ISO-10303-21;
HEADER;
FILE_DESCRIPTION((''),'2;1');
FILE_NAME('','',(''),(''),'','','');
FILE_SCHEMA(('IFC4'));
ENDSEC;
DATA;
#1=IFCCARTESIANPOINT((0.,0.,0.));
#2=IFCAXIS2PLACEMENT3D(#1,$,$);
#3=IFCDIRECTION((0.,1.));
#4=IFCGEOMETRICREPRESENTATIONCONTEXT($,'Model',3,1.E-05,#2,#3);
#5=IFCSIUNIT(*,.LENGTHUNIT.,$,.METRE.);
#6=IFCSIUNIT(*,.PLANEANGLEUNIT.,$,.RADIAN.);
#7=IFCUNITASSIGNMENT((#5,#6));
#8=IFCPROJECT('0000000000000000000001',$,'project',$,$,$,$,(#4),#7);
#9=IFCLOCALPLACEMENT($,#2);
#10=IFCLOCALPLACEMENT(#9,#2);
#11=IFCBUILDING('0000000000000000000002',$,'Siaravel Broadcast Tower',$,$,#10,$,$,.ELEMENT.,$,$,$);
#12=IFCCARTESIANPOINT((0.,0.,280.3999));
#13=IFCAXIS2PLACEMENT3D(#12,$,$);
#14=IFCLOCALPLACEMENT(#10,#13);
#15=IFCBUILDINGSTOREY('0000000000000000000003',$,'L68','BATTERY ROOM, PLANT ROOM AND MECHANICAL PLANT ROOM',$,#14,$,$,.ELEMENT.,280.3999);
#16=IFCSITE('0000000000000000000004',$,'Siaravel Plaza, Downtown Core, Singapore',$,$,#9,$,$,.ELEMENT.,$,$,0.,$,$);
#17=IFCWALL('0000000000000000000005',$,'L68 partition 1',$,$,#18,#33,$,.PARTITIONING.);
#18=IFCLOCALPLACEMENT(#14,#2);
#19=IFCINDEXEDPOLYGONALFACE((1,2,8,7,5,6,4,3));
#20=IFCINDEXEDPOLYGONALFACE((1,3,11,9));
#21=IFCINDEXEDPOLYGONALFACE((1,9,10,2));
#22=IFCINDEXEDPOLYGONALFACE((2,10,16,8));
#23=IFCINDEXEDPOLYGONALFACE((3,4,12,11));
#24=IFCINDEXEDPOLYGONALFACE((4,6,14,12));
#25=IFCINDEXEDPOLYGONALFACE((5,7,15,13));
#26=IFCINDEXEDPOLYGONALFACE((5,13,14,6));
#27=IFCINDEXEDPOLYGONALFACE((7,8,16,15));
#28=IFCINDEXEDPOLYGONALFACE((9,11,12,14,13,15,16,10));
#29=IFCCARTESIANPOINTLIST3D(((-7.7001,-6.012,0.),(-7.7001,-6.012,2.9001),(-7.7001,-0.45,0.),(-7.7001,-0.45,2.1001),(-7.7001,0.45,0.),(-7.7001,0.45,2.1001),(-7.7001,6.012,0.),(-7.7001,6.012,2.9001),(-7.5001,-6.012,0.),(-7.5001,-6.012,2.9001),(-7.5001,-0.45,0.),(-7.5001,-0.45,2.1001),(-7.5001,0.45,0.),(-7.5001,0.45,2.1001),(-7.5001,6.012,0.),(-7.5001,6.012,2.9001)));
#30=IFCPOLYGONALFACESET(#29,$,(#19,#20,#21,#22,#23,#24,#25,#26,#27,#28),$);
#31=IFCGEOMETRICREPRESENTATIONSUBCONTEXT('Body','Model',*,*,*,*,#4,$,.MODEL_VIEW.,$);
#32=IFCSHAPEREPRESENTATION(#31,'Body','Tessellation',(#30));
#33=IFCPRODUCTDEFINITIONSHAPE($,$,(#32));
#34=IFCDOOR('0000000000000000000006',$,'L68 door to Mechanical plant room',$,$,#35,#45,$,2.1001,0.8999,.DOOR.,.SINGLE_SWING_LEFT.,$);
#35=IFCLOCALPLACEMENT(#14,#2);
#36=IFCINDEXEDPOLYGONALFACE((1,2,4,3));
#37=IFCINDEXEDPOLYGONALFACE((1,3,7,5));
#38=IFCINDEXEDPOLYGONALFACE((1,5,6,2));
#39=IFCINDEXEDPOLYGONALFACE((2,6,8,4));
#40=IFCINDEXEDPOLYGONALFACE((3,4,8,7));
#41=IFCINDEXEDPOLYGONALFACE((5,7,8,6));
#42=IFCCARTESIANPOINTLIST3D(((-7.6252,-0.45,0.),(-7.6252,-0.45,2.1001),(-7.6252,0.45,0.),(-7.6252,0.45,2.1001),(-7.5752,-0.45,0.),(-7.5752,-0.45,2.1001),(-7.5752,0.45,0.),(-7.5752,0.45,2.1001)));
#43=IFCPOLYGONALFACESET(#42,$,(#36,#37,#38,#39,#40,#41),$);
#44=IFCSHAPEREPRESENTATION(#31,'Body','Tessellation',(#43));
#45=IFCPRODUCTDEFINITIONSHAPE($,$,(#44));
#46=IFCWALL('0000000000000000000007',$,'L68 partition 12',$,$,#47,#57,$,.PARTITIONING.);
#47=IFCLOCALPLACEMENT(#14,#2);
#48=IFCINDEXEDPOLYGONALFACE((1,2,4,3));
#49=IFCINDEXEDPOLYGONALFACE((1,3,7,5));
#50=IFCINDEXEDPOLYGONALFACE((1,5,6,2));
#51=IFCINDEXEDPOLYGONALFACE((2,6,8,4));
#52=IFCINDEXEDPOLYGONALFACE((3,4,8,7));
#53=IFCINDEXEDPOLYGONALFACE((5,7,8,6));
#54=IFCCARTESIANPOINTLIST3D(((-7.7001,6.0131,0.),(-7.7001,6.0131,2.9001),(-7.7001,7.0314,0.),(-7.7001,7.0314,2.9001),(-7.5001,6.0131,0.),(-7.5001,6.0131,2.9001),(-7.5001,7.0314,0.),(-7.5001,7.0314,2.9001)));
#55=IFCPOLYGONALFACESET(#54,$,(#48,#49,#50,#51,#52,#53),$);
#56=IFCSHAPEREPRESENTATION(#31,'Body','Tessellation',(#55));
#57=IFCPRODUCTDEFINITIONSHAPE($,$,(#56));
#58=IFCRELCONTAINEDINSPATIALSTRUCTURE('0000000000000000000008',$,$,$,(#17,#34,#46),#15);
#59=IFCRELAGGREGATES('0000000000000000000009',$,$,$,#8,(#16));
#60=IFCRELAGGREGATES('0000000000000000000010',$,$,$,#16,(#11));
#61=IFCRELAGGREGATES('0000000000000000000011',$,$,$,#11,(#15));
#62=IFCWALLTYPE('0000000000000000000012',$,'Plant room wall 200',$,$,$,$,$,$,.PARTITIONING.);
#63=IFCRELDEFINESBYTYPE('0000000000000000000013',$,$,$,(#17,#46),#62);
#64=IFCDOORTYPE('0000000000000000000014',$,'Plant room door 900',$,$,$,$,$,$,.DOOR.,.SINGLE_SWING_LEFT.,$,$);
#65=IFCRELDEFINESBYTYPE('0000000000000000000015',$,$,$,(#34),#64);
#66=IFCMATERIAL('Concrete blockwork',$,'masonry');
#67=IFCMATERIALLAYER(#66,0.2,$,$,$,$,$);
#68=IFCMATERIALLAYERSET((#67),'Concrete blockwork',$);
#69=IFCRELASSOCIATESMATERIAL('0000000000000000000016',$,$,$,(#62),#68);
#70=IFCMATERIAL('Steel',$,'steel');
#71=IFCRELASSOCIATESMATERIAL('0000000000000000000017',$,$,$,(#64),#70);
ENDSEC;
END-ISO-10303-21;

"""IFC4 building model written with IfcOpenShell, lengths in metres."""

from ifc_helpers import new_model, si_unit, direction, frame, frame_2d, origin, place, context, subcontext, project, spatial, rectangle, extrude, material, layer, layer_set, type_object, element, fill, save


model = new_model("IFC4")

# Units and contexts
model_context = context("Model", 3, precision=1e-05, world=origin(), true_north=direction((0.0, 1.0)))
body_context = subcontext(model_context, "Body", "Model", "MODEL_VIEW")
ifc_project = project(units=[si_unit("LENGTHUNIT", "METRE"), si_unit("PLANEANGLEUNIT", "RADIAN")], contexts=[model_context])

# Site, building, storey
site_placement = place(None, origin())
site = spatial("IfcSite", under=ifc_project, at=site_placement, Name="Siaravel Plaza, Downtown Core, Singapore", CompositionType="ELEMENT", RefElevation=0.0)
building_placement = place(site_placement, origin())
building = spatial("IfcBuilding", under=site, at=building_placement, Name="Siaravel Broadcast Tower", CompositionType="ELEMENT")
storey_placement = place(building_placement, frame((0.0, 0.0, 280.3999)))
storey = spatial("IfcBuildingStorey", under=building, at=storey_placement, Name="L68", Description="BATTERY ROOM, PLANT ROOM AND MECHANICAL PLANT ROOM", CompositionType="ELEMENT", Elevation=280.3999)

# Wall, opening, door
ifc_material_1 = material(Name="Concrete blockwork", Category="masonry")
ifc_layer_1 = layer(ifc_material_1, 0.2)
ifc_layer_set_1 = layer_set([ifc_layer_1], Name="Concrete blockwork")
wall_type = type_object("IfcWallType", Name="Plant room wall 200", PredefinedType="PARTITIONING", material=ifc_layer_set_1)
wall_1_placement = place(storey_placement, frame((-7.6001, 6.012, 0.0), z_axis=(0.0, 0.0, 1.0), x_axis=(0.0, -1.0, 0.0)))
wall_1 = element("IfcWall", 1, at=wall_1_placement, inside=storey, type_object=wall_type, Name="L68 partition 1", PredefinedType="PARTITIONING", context=body_context, shape_type="SweptSolid", body=[
    extrude(rectangle(XDim=12.0239, YDim=0.2, at=frame_2d((6.012, 0.0))), origin(), (0.0, 0.0, 1.0), 2.9001),
])
opening_placement = place(wall_1_placement, frame((5.562, 0.0, 0.0)))
opening = element("IfcOpeningElement", 2, at=opening_placement, cuts=wall_1, PredefinedType="OPENING", context=body_context, shape_type="SweptSolid", body=[
    extrude(rectangle(XDim=0.8999, YDim=2.1001, at=frame_2d((0.45, 1.05))), frame((0.0, 0.1099, 0.0), z_axis=(0.0, -1.0, 0.0), x_axis=(1.0, 0.0, 0.0)), (0.0, 0.0, 1.0), 0.22),
])
ifc_material_2 = material(Name="Steel", Category="steel")
door_type = type_object("IfcDoorType", Name="Plant room door 900", OperationType="SINGLE_SWING_LEFT", PredefinedType="DOOR", material=ifc_material_2)
door_placement = place(opening_placement, origin())
door = element("IfcDoor", 3, at=door_placement, inside=storey, type_object=door_type, Name="L68 door to Mechanical plant room", OperationType="SINGLE_SWING_LEFT", OverallHeight=2.1001, OverallWidth=0.8999, PredefinedType="DOOR", context=body_context, shape_type="SweptSolid", body=[
    extrude(rectangle(XDim=0.8999, YDim=2.1001, at=frame_2d((0.45, 1.05))), frame((0.0, 0.0249, 0.0), z_axis=(0.0, -1.0, 0.0), x_axis=(1.0, 0.0, 0.0)), (0.0, 0.0, 1.0), 0.05),
])
fill(opening, door)

# Wall
wall_2_placement = place(storey_placement, frame((-7.6001, 6.0129, 0.0), z_axis=(0.0, 0.0, 1.0), x_axis=(0.0, 1.0, 0.0)))
element("IfcWall", 4, at=wall_2_placement, inside=storey, type_object=wall_type, Name="L68 partition 12", PredefinedType="PARTITIONING", context=body_context, shape_type="SweptSolid", body=[
    extrude(rectangle(XDim=1.0183, YDim=0.2, at=frame_2d((0.5093, 0.0))), origin(), (0.0, 0.0, 1.0), 2.9001),
])

save(model, "model.ifc")
